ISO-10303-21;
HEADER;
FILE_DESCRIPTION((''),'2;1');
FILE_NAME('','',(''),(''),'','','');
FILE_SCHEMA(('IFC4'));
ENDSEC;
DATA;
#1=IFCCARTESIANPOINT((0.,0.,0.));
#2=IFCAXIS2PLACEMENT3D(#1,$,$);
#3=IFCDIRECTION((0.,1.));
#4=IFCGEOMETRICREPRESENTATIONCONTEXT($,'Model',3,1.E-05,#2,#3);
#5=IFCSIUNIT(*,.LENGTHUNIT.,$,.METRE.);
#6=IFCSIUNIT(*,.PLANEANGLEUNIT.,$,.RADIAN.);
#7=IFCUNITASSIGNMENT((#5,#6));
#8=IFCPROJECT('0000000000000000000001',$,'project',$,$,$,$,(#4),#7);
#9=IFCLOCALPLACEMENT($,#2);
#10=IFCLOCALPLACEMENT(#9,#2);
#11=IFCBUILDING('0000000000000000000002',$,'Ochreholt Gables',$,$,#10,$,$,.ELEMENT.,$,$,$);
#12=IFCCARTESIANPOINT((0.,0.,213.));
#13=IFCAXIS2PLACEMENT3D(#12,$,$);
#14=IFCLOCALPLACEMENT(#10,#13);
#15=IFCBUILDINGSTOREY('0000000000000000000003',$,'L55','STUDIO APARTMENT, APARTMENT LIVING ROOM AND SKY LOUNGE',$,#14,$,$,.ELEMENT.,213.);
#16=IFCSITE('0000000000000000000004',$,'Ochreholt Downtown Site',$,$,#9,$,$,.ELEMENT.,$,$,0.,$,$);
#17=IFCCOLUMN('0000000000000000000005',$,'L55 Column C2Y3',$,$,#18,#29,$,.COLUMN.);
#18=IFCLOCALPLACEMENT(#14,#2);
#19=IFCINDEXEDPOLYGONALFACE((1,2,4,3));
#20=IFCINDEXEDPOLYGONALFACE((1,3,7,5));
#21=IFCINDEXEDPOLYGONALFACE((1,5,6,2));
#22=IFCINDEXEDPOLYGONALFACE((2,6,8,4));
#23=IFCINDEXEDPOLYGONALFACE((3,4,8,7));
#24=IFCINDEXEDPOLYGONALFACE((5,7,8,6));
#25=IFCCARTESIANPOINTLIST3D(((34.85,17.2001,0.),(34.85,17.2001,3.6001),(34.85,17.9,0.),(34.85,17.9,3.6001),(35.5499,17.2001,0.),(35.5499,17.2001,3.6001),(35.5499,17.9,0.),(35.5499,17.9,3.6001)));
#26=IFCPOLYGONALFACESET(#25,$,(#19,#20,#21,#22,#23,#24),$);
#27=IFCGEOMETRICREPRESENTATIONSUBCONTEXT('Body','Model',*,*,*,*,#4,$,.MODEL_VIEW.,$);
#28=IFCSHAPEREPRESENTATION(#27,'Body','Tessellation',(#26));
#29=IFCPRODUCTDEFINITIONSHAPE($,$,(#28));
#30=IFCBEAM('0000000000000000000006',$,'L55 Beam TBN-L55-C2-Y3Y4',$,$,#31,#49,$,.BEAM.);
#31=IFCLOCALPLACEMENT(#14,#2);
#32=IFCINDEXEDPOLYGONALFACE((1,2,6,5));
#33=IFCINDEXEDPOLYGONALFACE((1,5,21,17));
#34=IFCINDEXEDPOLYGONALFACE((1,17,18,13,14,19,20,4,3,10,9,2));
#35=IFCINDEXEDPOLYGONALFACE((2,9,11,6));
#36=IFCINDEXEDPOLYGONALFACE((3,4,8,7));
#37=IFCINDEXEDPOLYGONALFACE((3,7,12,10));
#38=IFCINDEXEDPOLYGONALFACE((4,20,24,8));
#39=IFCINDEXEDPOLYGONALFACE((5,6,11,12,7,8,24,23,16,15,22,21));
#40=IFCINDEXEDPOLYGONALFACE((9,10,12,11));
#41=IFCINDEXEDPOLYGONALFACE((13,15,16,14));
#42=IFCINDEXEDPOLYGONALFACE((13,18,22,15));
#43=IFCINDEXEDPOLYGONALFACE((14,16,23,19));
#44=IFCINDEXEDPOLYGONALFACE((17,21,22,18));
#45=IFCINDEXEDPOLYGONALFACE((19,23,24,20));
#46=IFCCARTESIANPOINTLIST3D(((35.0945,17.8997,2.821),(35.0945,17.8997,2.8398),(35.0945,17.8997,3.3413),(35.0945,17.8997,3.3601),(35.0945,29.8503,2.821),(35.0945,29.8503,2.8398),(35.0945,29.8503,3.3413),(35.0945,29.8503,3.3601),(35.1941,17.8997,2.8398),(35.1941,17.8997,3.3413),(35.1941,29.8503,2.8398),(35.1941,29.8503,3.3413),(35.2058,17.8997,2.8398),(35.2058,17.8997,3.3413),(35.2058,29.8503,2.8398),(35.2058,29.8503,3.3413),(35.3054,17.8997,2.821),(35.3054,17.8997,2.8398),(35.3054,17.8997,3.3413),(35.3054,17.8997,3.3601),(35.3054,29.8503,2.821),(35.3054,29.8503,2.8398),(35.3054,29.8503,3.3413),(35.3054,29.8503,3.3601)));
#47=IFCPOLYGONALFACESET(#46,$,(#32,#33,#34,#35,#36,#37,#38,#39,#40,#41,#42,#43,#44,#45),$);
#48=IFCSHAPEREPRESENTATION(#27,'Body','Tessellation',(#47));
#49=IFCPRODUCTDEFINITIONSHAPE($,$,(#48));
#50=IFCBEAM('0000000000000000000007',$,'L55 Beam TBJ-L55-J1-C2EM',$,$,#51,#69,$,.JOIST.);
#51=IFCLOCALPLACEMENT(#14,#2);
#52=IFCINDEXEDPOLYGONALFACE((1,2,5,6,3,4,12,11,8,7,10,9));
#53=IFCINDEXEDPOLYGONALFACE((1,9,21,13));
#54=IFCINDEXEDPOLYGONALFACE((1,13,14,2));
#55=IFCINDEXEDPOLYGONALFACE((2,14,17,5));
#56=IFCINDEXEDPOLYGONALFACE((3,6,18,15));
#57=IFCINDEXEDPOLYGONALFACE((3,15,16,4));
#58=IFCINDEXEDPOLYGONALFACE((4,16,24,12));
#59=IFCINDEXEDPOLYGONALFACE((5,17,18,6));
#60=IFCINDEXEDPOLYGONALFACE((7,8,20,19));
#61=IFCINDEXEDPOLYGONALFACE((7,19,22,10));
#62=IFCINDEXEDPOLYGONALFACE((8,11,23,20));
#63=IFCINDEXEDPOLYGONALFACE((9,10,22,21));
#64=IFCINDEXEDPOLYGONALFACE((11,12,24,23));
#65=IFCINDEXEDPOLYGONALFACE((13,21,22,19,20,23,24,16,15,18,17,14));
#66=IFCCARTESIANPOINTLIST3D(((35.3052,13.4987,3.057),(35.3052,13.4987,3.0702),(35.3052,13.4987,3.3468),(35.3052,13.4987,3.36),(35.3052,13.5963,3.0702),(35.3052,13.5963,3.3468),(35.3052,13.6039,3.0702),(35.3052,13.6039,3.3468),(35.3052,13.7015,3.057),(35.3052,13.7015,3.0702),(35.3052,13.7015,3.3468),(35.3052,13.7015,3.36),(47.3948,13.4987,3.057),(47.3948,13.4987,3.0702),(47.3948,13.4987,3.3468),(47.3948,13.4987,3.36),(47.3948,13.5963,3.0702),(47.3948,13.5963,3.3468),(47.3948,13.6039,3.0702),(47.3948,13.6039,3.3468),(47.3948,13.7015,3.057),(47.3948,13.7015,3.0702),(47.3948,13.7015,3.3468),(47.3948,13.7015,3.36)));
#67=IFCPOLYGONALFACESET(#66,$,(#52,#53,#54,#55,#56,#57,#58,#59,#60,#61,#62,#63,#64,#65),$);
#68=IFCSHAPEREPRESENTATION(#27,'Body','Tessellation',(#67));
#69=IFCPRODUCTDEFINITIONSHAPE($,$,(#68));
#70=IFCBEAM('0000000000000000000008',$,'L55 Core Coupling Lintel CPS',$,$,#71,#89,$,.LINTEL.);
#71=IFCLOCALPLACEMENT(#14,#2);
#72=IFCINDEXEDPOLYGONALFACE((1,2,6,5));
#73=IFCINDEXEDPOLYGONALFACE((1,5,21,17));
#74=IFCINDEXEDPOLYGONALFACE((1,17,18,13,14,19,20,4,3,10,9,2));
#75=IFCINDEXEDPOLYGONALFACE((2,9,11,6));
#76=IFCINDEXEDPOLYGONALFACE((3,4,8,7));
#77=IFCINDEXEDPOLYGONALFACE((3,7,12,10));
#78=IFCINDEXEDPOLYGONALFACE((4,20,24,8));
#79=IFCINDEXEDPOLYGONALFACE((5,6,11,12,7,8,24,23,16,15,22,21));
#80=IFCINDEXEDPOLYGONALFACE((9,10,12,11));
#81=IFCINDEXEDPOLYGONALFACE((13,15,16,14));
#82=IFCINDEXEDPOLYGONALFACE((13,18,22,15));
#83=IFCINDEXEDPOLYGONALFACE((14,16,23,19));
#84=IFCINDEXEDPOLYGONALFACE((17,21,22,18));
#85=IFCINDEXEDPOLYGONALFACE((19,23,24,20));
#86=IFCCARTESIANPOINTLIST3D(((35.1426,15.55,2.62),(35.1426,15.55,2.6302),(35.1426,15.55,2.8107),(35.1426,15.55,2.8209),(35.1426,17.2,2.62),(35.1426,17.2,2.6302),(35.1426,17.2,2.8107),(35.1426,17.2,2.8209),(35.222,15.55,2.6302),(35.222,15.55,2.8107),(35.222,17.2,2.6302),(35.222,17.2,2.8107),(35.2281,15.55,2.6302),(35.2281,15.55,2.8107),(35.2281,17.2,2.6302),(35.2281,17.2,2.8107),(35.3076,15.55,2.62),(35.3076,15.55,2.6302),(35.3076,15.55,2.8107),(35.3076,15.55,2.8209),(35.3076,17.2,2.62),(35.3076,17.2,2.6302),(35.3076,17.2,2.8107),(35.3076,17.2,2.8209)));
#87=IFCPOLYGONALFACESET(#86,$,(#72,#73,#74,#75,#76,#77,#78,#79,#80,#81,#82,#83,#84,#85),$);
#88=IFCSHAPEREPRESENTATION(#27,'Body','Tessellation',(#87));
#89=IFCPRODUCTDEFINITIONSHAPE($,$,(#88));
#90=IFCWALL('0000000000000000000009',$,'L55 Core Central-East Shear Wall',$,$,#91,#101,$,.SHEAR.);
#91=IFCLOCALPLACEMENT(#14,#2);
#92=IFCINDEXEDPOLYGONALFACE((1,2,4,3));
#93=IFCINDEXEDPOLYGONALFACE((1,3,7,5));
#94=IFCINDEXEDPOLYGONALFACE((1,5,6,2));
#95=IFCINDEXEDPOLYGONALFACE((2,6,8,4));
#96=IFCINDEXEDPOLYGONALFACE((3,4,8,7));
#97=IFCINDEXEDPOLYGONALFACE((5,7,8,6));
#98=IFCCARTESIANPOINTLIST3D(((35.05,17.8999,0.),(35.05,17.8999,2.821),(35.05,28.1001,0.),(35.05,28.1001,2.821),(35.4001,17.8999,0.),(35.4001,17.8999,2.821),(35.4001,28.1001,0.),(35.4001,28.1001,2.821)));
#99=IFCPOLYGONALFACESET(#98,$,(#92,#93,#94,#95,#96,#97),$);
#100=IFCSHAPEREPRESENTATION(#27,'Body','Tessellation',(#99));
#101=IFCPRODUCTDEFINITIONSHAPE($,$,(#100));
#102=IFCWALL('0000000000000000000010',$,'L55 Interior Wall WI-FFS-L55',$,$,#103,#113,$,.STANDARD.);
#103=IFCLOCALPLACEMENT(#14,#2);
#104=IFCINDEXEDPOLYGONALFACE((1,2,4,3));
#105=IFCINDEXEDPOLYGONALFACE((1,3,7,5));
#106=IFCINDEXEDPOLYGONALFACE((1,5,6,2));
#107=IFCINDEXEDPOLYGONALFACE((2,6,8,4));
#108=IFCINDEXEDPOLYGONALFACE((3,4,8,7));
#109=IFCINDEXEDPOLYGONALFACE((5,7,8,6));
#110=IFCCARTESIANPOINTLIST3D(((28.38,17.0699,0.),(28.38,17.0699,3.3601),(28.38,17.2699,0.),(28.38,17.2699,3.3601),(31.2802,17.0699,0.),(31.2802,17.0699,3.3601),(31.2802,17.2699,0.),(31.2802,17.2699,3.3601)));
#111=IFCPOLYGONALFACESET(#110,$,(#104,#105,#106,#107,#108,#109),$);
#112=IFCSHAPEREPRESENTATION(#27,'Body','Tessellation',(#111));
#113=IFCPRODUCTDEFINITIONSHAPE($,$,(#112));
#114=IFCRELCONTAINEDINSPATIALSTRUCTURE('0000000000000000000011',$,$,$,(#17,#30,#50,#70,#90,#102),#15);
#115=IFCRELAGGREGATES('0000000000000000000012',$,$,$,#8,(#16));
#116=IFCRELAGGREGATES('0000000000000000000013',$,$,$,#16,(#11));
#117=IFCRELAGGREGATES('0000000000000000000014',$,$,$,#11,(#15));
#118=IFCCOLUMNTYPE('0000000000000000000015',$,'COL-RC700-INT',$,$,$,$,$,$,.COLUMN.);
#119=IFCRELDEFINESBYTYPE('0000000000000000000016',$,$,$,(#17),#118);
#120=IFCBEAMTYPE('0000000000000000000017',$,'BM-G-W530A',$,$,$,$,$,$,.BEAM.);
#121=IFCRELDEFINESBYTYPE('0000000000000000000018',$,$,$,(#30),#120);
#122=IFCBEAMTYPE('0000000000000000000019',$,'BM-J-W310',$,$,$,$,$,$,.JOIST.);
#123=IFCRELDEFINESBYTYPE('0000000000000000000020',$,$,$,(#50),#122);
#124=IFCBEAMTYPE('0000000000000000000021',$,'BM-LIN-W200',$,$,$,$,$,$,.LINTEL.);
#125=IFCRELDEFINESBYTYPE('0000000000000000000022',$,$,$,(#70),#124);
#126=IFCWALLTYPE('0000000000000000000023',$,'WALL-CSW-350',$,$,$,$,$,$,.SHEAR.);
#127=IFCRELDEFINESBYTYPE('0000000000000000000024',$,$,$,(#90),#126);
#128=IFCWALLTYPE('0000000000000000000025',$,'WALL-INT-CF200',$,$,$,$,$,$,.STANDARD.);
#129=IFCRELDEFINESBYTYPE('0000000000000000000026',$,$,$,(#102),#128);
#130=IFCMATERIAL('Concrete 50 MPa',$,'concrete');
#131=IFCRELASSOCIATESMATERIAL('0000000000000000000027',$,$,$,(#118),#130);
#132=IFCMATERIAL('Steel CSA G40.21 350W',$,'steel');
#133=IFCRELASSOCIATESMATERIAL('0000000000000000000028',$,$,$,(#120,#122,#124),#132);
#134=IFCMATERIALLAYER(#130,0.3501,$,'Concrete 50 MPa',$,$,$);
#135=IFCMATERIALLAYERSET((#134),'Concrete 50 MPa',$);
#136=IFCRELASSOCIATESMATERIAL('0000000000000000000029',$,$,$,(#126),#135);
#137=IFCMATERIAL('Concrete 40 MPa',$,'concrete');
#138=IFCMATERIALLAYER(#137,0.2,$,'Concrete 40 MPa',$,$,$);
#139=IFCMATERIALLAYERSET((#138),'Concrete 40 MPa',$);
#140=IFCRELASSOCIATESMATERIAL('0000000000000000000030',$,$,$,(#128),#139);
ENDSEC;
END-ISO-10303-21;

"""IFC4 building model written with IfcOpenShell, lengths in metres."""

from ifc_helpers import new_model, si_unit, direction, frame, frame_2d, origin, origin_2d, place, context, subcontext, project, spatial, rectangle, i_section, extrude, material, layer, layer_set, material_profile, profile_set, type_object, element, save


model = new_model("IFC4")

# Units and contexts
model_context = context("Model", 3, precision=1e-05, world=origin(), true_north=direction((0.0, 1.0)))
body_context = subcontext(model_context, "Body", "Model", "MODEL_VIEW")
ifc_project = project(units=[si_unit("LENGTHUNIT", "METRE"), si_unit("PLANEANGLEUNIT", "RADIAN")], contexts=[model_context])

# Site, building, storey
site_placement = place(None, origin())
site = spatial("IfcSite", under=ifc_project, at=site_placement, Name="Ochreholt Downtown Site", CompositionType="ELEMENT", RefElevation=0.0)
building_placement = place(site_placement, origin())
building = spatial("IfcBuilding", under=site, at=building_placement, Name="Ochreholt Gables", CompositionType="ELEMENT")
storey_placement = place(building_placement, frame((0.0, 0.0, 213.0)))
storey = spatial("IfcBuildingStorey", under=building, at=storey_placement, Name="L55", Description="STUDIO APARTMENT, APARTMENT LIVING ROOM AND SKY LOUNGE", CompositionType="ELEMENT", Elevation=213.0)

# Column
ifc_material_1 = material(Name="Concrete 50 MPa", Category="concrete")
ifc_material_profile_1 = material_profile(ifc_material_1, rectangle(XDim=0.7, YDim=0.7, at=origin_2d()), Name="RC700X700")
ifc_profile_set_1 = profile_set([ifc_material_profile_1], Name="Concrete 50 MPa")
column_type = type_object("IfcColumnType", Name="COL-RC700-INT", PredefinedType="COLUMN", material=ifc_profile_set_1)
column_placement = place(storey_placement, frame((35.2, 17.55, 0.0), z_axis=(0.0, 0.0, 1.0), x_axis=(1.0, 0.0, 0.0)))
element("IfcColumn", 1, at=column_placement, inside=storey, type_object=column_type, Name="L55 Column C2Y3", PredefinedType="COLUMN", context=body_context, shape_type="SweptSolid", body=[
    extrude(rectangle(XDim=0.7, YDim=0.7, at=origin_2d()), origin(), (0.0, 0.0, 1.0), 3.6001),
])

# Beams
ifc_material_2 = material(Name="Steel CSA G40.21 350W", Category="steel")
ifc_material_profile_2 = material_profile(ifc_material_2, i_section(OverallWidth=0.2109, OverallDepth=0.5391, WebThickness=0.0117, FlangeThickness=0.0188, at=origin_2d()), Name="W530X109")
ifc_profile_set_2 = profile_set([ifc_material_profile_2], Name="Steel CSA G40.21 350W")
beam_type_1 = type_object("IfcBeamType", Name="BM-G-W530A", PredefinedType="BEAM", material=ifc_profile_set_2)
beam_1_placement = place(storey_placement, frame((35.2, 17.8997, 3.0906), z_axis=(0.0, 1.0, 0.0), x_axis=(-1.0, 0.0, 0.0)))
element("IfcBeam", 2, at=beam_1_placement, inside=storey, type_object=beam_type_1, Name="L55 Beam TBN-L55-C2-Y3Y4", PredefinedType="BEAM", context=body_context, shape_type="SweptSolid", body=[
    extrude(i_section(OverallWidth=0.2109, OverallDepth=0.5391, WebThickness=0.0117, FlangeThickness=0.0188, at=origin_2d()), origin(), (0.0, 0.0, 1.0), 11.9507),
])
ifc_material_profile_3 = material_profile(ifc_material_2, i_section(OverallWidth=0.2029, OverallDepth=0.303, WebThickness=0.0076, FlangeThickness=0.0132, at=origin_2d()), Name="W310X60")
ifc_profile_set_3 = profile_set([ifc_material_profile_3], Name="Steel CSA G40.21 350W")
beam_type_2 = type_object("IfcBeamType", Name="BM-J-W310", PredefinedType="JOIST", material=ifc_profile_set_3)
beam_2_placement = place(storey_placement, frame((35.3052, 13.6001, 3.2085), z_axis=(1.0, 0.0, 0.0), x_axis=(0.0, 1.0, 0.0)))
element("IfcBeam", 3, at=beam_2_placement, inside=storey, type_object=beam_type_2, Name="L55 Beam TBJ-L55-J1-C2EM", PredefinedType="JOIST", context=body_context, shape_type="SweptSolid", body=[
    extrude(i_section(OverallWidth=0.2029, OverallDepth=0.303, WebThickness=0.0076, FlangeThickness=0.0132, at=origin_2d()), origin(), (0.0, 0.0, 1.0), 12.0896),
])
ifc_material_profile_4 = material_profile(ifc_material_2, i_section(OverallWidth=0.165, OverallDepth=0.2009, WebThickness=0.0061, FlangeThickness=0.0103, at=origin_2d()), Name="W200X36")
ifc_profile_set_4 = profile_set([ifc_material_profile_4], Name="Steel CSA G40.21 350W")
beam_type_3 = type_object("IfcBeamType", Name="BM-LIN-W200", PredefinedType="LINTEL", material=ifc_profile_set_4)
beam_3_placement = place(storey_placement, frame((35.2251, 15.55, 2.7205), z_axis=(0.0, 1.0, 0.0), x_axis=(-1.0, 0.0, 0.0)))
element("IfcBeam", 4, at=beam_3_placement, inside=storey, type_object=beam_type_3, Name="L55 Core Coupling Lintel CPS", PredefinedType="LINTEL", context=body_context, shape_type="SweptSolid", body=[
    extrude(i_section(OverallWidth=0.165, OverallDepth=0.2009, WebThickness=0.0061, FlangeThickness=0.0103, at=origin_2d()), origin(), (0.0, 0.0, 1.0), 1.6499),
])

# Walls
ifc_layer_1 = layer(ifc_material_1, 0.3501, Name="Concrete 50 MPa")
ifc_layer_set_1 = layer_set([ifc_layer_1], Name="Concrete 50 MPa")
wall_type_1 = type_object("IfcWallType", Name="WALL-CSW-350", PredefinedType="SHEAR", material=ifc_layer_set_1)
wall_1_placement = place(storey_placement, frame((35.2251, 17.8999, 0.0), z_axis=(0.0, 0.0, 1.0), x_axis=(0.0, 1.0, 0.0)))
element("IfcWall", 5, at=wall_1_placement, inside=storey, type_object=wall_type_1, Name="L55 Core Central-East Shear Wall", PredefinedType="SHEAR", context=body_context, shape_type="SweptSolid", body=[
    extrude(rectangle(XDim=10.2002, YDim=0.3501, at=frame_2d((5.1001, 0.0))), origin(), (0.0, 0.0, 1.0), 2.821),
])
ifc_material_3 = material(Name="Concrete 40 MPa", Category="concrete")
ifc_layer_2 = layer(ifc_material_3, 0.2, Name="Concrete 40 MPa")
ifc_layer_set_2 = layer_set([ifc_layer_2], Name="Concrete 40 MPa")
wall_type_2 = type_object("IfcWallType", Name="WALL-INT-CF200", PredefinedType="STANDARD", material=ifc_layer_set_2)
wall_2_placement = place(storey_placement, frame((28.3799, 17.1699, 0.0), z_axis=(0.0, 0.0, 1.0), x_axis=(1.0, 0.0, 0.0)))
element("IfcWall", 6, at=wall_2_placement, inside=storey, type_object=wall_type_2, Name="L55 Interior Wall WI-FFS-L55", PredefinedType="STANDARD", context=body_context, shape_type="SweptSolid", body=[
    extrude(rectangle(XDim=2.9001, YDim=0.2, at=frame_2d((1.4502, 0.0))), origin(), (0.0, 0.0, 1.0), 3.3601),
])

save(model, "model.ifc")
